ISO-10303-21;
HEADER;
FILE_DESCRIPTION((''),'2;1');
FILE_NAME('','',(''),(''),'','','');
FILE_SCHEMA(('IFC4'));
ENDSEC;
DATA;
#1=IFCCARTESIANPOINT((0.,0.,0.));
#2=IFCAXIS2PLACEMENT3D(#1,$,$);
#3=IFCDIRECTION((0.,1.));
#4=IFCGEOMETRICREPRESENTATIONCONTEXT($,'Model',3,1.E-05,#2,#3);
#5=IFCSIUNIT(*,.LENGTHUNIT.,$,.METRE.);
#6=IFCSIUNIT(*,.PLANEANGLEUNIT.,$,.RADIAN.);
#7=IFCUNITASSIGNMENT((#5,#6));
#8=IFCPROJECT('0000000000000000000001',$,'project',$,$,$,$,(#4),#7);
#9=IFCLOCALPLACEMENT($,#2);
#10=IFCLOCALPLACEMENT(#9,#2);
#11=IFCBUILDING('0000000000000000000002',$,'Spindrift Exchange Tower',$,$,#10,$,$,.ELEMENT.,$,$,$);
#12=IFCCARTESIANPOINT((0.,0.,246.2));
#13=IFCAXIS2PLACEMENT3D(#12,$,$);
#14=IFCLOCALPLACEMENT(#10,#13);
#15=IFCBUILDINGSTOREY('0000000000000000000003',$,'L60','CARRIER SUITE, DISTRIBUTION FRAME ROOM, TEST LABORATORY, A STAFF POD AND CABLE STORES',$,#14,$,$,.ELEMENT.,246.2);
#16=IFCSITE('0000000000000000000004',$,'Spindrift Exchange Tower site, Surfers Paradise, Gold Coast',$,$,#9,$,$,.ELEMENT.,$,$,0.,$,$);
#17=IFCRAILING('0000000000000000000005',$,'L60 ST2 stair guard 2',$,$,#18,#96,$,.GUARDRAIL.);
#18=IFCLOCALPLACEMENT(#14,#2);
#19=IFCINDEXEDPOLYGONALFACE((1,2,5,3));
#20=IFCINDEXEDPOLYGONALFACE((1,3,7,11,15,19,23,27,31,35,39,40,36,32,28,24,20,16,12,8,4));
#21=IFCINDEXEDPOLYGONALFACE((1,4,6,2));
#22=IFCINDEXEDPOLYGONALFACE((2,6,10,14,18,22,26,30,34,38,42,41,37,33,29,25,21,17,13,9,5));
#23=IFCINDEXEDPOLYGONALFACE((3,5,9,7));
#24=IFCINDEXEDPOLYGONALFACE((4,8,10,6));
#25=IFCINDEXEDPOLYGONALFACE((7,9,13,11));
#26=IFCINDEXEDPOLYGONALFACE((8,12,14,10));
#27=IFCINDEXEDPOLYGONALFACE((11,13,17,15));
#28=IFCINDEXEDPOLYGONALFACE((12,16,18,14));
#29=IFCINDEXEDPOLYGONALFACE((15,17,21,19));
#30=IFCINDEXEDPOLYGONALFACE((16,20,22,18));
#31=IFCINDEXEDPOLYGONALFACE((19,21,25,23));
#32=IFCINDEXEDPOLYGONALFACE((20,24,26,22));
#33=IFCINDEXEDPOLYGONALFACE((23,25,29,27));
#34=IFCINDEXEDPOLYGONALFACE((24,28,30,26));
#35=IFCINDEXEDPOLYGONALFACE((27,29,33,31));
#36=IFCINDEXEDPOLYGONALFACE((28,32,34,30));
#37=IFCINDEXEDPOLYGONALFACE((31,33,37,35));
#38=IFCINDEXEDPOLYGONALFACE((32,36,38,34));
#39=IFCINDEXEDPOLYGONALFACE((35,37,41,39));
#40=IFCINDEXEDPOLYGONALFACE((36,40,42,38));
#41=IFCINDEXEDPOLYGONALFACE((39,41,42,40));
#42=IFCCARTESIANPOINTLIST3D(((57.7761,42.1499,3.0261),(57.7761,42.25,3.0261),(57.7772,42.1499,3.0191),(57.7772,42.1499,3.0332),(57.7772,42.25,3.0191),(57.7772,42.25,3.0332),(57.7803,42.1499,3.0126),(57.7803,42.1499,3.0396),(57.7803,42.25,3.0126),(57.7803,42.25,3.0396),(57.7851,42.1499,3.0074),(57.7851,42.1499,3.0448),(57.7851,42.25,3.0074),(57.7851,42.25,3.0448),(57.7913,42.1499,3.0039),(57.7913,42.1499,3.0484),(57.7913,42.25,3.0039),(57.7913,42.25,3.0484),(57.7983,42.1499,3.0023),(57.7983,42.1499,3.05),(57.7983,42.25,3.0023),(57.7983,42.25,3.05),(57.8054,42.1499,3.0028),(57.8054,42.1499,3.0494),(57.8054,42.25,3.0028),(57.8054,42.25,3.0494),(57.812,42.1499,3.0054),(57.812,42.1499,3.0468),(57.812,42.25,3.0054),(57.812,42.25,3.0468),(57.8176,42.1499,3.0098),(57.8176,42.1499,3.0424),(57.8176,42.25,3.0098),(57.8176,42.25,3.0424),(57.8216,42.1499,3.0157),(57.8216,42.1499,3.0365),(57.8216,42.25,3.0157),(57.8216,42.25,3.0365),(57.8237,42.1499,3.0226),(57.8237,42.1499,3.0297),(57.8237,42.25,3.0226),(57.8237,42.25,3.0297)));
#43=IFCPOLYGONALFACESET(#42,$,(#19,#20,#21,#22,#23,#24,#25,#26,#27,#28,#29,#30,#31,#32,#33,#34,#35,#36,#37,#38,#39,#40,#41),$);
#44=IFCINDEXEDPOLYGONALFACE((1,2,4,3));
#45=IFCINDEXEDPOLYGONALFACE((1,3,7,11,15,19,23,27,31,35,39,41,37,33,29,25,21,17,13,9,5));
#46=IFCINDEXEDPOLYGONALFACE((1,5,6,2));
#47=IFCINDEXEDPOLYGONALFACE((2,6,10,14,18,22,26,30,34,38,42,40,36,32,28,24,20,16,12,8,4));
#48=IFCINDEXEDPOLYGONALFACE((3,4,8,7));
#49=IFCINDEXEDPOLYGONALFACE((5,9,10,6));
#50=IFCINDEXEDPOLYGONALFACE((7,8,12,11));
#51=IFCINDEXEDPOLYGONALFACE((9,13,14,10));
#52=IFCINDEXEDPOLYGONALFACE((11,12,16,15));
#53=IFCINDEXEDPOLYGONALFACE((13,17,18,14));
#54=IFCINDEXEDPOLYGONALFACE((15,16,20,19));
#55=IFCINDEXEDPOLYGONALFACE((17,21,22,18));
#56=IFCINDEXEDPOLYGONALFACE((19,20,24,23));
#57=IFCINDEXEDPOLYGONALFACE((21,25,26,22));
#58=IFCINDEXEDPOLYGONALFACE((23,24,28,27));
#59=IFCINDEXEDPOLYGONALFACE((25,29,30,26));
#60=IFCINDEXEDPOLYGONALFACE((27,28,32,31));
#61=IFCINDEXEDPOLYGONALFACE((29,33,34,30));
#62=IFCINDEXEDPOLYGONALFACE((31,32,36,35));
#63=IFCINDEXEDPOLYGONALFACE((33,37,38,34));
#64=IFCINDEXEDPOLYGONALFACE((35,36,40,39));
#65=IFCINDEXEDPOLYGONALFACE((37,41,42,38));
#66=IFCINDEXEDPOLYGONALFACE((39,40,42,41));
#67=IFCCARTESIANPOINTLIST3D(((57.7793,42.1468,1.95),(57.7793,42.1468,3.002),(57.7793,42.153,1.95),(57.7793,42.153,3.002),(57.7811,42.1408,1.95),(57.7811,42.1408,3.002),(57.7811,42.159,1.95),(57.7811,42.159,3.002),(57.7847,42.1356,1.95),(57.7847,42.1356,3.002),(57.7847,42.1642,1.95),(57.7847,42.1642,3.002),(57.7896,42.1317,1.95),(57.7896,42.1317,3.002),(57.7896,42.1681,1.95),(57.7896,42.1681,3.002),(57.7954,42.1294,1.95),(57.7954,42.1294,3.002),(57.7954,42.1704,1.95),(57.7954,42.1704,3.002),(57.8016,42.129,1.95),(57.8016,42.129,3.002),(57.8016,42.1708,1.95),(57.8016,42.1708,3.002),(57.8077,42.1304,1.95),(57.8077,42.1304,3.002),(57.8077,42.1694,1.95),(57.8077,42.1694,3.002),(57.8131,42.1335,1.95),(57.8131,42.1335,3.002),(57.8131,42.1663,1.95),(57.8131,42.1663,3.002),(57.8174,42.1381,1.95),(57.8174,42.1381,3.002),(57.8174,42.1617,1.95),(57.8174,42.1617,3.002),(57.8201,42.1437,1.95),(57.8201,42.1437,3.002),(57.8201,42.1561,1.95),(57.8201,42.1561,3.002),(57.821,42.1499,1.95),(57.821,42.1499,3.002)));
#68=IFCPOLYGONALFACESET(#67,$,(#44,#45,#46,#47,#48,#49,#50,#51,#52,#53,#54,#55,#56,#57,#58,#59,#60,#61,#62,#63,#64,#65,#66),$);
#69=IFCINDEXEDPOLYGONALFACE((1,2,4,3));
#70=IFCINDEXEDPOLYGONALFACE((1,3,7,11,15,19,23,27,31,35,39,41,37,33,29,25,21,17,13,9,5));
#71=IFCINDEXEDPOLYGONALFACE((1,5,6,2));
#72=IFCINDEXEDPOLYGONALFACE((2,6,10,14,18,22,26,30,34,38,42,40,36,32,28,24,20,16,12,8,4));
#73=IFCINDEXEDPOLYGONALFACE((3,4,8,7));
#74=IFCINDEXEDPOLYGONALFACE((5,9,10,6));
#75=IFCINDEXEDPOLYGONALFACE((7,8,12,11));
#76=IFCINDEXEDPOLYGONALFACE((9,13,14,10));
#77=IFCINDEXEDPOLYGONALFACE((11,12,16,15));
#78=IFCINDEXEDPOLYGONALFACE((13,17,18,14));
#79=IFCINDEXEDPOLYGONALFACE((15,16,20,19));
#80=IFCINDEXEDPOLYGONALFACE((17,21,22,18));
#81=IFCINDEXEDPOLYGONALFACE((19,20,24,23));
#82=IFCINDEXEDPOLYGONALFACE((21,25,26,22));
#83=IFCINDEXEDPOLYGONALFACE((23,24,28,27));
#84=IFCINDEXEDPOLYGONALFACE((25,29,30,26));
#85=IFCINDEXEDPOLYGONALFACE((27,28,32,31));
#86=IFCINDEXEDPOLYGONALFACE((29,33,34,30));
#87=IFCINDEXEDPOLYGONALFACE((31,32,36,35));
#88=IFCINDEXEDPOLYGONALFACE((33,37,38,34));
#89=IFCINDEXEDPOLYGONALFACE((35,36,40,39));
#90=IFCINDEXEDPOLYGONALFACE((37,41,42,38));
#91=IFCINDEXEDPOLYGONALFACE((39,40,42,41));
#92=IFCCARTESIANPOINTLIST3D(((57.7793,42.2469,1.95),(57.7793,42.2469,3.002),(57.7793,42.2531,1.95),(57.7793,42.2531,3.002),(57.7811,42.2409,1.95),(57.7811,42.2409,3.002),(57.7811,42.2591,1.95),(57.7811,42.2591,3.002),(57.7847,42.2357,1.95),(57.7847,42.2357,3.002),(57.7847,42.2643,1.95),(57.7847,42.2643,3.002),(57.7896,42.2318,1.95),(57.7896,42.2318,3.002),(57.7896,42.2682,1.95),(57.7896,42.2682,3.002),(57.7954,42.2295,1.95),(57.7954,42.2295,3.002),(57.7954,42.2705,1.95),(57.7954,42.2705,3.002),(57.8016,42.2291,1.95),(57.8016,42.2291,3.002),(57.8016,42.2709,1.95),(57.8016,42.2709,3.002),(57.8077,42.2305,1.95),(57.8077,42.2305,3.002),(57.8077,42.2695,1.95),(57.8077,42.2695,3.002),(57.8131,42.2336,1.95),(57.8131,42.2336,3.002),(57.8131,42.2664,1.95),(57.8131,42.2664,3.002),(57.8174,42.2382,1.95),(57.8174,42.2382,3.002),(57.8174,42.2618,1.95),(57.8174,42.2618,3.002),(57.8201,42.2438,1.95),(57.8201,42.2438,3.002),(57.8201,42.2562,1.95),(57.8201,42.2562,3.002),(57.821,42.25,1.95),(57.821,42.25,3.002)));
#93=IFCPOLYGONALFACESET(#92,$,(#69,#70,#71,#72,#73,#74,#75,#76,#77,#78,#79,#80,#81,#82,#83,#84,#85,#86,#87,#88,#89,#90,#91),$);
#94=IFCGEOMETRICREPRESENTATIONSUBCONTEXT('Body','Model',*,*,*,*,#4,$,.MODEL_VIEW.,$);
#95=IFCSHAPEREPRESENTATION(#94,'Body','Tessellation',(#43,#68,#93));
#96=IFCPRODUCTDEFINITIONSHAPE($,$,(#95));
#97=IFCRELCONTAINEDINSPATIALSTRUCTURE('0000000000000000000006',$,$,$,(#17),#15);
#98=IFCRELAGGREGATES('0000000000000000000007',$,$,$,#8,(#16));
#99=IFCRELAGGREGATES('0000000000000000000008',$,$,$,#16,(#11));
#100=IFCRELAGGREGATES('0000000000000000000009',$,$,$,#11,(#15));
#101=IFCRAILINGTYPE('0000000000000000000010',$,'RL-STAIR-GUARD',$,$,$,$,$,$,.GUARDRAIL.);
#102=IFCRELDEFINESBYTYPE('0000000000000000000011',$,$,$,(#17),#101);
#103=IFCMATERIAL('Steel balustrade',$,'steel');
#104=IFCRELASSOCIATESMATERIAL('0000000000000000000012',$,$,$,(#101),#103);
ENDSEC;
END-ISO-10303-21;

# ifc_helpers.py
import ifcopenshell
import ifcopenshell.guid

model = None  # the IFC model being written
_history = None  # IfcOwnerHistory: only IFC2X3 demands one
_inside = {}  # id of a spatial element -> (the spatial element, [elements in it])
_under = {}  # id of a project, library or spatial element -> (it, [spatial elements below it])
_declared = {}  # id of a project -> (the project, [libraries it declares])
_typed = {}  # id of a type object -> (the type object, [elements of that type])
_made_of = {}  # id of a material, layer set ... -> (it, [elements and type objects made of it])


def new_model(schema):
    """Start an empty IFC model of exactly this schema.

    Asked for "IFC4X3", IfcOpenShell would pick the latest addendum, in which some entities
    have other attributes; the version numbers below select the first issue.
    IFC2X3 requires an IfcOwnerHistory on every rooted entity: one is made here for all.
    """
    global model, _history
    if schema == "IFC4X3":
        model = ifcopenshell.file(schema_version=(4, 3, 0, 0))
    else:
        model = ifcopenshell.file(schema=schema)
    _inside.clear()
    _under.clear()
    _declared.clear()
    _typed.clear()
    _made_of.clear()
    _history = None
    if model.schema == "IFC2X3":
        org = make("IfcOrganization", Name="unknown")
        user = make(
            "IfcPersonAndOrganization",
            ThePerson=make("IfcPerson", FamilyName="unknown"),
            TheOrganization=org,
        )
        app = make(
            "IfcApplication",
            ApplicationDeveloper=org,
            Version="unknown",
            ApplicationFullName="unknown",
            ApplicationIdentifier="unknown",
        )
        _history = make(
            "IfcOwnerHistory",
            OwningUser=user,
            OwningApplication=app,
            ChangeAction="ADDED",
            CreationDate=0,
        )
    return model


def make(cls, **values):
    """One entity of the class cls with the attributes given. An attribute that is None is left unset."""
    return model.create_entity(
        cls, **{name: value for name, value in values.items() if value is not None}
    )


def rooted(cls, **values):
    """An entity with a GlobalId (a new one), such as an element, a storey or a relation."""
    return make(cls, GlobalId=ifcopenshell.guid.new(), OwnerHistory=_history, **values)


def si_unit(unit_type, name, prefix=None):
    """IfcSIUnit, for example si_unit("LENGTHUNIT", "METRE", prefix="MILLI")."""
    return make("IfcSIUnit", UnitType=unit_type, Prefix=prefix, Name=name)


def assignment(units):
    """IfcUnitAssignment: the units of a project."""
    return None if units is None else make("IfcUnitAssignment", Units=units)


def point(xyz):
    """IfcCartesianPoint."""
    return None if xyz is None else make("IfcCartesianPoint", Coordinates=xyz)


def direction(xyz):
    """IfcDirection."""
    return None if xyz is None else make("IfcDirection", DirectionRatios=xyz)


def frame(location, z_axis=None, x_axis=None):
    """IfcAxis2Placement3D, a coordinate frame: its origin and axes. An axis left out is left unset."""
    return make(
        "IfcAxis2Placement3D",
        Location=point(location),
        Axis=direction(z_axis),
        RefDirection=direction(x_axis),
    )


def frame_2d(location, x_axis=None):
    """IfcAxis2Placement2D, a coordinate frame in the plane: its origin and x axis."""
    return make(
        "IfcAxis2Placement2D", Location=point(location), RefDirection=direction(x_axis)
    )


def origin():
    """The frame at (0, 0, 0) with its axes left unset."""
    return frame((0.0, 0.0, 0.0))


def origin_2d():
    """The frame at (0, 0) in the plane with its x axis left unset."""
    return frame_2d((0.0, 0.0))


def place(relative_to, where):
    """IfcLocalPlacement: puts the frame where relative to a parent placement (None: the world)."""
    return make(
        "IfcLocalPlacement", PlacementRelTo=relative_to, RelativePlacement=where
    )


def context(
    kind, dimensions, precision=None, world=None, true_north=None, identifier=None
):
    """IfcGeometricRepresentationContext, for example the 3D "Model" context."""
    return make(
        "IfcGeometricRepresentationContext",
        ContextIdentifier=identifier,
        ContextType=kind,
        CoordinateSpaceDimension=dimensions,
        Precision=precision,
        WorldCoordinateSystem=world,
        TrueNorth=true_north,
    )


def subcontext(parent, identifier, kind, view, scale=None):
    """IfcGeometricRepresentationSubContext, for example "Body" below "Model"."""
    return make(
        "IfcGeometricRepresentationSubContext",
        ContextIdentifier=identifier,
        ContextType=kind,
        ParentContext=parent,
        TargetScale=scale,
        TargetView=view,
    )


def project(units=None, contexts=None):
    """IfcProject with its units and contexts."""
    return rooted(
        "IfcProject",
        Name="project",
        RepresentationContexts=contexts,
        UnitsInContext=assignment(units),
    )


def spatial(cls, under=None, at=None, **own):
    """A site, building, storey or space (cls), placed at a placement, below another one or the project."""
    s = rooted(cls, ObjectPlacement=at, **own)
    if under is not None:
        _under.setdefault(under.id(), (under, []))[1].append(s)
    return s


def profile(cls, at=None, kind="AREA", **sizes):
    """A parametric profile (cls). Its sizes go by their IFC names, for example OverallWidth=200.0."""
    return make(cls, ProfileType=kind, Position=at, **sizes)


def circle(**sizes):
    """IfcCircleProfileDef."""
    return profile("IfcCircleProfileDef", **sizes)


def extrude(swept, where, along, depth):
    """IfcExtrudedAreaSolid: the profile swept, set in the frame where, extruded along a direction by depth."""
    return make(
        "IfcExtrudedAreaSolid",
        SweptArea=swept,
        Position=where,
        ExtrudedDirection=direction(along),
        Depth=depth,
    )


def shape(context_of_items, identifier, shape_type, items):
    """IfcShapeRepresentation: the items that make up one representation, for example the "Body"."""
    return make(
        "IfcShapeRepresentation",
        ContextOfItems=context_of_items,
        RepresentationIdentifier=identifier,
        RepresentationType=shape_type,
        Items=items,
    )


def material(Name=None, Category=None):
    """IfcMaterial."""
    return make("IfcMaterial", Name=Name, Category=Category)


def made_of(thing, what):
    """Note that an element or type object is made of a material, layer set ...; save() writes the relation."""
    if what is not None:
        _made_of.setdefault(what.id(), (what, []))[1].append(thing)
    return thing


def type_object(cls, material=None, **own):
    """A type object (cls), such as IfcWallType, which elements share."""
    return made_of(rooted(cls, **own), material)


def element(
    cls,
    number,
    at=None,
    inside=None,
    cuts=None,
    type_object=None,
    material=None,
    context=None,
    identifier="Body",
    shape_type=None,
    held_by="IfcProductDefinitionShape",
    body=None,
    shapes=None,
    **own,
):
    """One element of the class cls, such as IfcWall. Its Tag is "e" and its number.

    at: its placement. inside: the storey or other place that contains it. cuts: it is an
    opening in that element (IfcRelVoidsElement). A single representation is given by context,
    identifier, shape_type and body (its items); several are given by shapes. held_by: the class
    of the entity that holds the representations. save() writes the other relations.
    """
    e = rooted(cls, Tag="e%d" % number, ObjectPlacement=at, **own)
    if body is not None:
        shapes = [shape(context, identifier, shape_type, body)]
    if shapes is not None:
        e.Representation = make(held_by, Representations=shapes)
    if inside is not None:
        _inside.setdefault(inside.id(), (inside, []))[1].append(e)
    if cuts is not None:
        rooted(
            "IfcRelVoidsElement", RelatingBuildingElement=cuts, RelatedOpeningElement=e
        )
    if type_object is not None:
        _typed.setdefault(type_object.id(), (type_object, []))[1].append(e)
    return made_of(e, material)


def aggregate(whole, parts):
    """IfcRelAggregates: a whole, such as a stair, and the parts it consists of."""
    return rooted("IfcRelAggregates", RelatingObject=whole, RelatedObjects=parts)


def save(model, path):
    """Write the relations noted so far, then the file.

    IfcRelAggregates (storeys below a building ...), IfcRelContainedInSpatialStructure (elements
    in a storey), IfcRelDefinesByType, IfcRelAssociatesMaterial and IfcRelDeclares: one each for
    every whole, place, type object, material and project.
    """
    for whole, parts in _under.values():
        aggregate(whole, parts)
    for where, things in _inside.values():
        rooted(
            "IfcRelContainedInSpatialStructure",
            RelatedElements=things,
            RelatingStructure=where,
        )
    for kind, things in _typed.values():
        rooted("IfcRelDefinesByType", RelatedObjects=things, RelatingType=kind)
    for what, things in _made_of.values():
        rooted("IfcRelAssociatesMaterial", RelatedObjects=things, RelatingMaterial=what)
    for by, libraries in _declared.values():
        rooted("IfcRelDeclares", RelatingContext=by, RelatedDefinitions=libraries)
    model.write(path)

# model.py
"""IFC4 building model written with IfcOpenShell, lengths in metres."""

from ifc_helpers import new_model, si_unit, direction, frame, origin, origin_2d, place, context, subcontext, project, spatial, circle, extrude, material, type_object, element, save


model = new_model("IFC4")

# Units and contexts
model_context = context("Model", 3, precision=1e-05, world=origin(), true_north=direction((0.0, 1.0)))
body_context = subcontext(model_context, "Body", "Model", "MODEL_VIEW")
ifc_project = project(units=[si_unit("LENGTHUNIT", "METRE"), si_unit("PLANEANGLEUNIT", "RADIAN")], contexts=[model_context])

# Site, building, storey
site_placement = place(None, origin())
site = spatial("IfcSite", under=ifc_project, at=site_placement, Name="Spindrift Exchange Tower site, Surfers Paradise, Gold Coast", CompositionType="ELEMENT", RefElevation=0.0)
building_placement = place(site_placement, origin())
building = spatial("IfcBuilding", under=site, at=building_placement, Name="Spindrift Exchange Tower", CompositionType="ELEMENT")
storey_placement = place(building_placement, frame((0.0, 0.0, 246.2)))
storey = spatial("IfcBuildingStorey", under=building, at=storey_placement, Name="L60", Description="CARRIER SUITE, DISTRIBUTION FRAME ROOM, TEST LABORATORY, A STAFF POD AND CABLE STORES", CompositionType="ELEMENT", Elevation=246.2)

# Railing
ifc_material_1 = material(Name="Steel balustrade", Category="steel")
railing_type_1 = type_object("IfcRailingType", Name="RL-STAIR-GUARD", PredefinedType="GUARDRAIL", material=ifc_material_1)
railing_1_placement = place(storey_placement, frame((57.8, 42.1499, 1.95)))
element("IfcRailing", 1, at=railing_1_placement, inside=storey, type_object=railing_type_1, Name="L60 ST2 stair guard 2", PredefinedType="GUARDRAIL", context=body_context, shape_type="SweptSolid", body=[
    extrude(circle(Radius=0.0239, at=origin_2d()), frame((0.0, 0.0, 1.0762), z_axis=(0.0, 1.0, 0.0), x_axis=(-1.0, 0.0, 0.0)), (0.0, 0.0, 1.0), 0.1001),
    extrude(circle(Radius=0.021, at=origin_2d()), origin(), (0.0, 0.0, 1.0), 1.052),
    extrude(circle(Radius=0.021, at=origin_2d()), frame((0.0, 0.1001, 0.0)), (0.0, 0.0, 1.0), 1.052),
])

save(model, "model.ifc")
